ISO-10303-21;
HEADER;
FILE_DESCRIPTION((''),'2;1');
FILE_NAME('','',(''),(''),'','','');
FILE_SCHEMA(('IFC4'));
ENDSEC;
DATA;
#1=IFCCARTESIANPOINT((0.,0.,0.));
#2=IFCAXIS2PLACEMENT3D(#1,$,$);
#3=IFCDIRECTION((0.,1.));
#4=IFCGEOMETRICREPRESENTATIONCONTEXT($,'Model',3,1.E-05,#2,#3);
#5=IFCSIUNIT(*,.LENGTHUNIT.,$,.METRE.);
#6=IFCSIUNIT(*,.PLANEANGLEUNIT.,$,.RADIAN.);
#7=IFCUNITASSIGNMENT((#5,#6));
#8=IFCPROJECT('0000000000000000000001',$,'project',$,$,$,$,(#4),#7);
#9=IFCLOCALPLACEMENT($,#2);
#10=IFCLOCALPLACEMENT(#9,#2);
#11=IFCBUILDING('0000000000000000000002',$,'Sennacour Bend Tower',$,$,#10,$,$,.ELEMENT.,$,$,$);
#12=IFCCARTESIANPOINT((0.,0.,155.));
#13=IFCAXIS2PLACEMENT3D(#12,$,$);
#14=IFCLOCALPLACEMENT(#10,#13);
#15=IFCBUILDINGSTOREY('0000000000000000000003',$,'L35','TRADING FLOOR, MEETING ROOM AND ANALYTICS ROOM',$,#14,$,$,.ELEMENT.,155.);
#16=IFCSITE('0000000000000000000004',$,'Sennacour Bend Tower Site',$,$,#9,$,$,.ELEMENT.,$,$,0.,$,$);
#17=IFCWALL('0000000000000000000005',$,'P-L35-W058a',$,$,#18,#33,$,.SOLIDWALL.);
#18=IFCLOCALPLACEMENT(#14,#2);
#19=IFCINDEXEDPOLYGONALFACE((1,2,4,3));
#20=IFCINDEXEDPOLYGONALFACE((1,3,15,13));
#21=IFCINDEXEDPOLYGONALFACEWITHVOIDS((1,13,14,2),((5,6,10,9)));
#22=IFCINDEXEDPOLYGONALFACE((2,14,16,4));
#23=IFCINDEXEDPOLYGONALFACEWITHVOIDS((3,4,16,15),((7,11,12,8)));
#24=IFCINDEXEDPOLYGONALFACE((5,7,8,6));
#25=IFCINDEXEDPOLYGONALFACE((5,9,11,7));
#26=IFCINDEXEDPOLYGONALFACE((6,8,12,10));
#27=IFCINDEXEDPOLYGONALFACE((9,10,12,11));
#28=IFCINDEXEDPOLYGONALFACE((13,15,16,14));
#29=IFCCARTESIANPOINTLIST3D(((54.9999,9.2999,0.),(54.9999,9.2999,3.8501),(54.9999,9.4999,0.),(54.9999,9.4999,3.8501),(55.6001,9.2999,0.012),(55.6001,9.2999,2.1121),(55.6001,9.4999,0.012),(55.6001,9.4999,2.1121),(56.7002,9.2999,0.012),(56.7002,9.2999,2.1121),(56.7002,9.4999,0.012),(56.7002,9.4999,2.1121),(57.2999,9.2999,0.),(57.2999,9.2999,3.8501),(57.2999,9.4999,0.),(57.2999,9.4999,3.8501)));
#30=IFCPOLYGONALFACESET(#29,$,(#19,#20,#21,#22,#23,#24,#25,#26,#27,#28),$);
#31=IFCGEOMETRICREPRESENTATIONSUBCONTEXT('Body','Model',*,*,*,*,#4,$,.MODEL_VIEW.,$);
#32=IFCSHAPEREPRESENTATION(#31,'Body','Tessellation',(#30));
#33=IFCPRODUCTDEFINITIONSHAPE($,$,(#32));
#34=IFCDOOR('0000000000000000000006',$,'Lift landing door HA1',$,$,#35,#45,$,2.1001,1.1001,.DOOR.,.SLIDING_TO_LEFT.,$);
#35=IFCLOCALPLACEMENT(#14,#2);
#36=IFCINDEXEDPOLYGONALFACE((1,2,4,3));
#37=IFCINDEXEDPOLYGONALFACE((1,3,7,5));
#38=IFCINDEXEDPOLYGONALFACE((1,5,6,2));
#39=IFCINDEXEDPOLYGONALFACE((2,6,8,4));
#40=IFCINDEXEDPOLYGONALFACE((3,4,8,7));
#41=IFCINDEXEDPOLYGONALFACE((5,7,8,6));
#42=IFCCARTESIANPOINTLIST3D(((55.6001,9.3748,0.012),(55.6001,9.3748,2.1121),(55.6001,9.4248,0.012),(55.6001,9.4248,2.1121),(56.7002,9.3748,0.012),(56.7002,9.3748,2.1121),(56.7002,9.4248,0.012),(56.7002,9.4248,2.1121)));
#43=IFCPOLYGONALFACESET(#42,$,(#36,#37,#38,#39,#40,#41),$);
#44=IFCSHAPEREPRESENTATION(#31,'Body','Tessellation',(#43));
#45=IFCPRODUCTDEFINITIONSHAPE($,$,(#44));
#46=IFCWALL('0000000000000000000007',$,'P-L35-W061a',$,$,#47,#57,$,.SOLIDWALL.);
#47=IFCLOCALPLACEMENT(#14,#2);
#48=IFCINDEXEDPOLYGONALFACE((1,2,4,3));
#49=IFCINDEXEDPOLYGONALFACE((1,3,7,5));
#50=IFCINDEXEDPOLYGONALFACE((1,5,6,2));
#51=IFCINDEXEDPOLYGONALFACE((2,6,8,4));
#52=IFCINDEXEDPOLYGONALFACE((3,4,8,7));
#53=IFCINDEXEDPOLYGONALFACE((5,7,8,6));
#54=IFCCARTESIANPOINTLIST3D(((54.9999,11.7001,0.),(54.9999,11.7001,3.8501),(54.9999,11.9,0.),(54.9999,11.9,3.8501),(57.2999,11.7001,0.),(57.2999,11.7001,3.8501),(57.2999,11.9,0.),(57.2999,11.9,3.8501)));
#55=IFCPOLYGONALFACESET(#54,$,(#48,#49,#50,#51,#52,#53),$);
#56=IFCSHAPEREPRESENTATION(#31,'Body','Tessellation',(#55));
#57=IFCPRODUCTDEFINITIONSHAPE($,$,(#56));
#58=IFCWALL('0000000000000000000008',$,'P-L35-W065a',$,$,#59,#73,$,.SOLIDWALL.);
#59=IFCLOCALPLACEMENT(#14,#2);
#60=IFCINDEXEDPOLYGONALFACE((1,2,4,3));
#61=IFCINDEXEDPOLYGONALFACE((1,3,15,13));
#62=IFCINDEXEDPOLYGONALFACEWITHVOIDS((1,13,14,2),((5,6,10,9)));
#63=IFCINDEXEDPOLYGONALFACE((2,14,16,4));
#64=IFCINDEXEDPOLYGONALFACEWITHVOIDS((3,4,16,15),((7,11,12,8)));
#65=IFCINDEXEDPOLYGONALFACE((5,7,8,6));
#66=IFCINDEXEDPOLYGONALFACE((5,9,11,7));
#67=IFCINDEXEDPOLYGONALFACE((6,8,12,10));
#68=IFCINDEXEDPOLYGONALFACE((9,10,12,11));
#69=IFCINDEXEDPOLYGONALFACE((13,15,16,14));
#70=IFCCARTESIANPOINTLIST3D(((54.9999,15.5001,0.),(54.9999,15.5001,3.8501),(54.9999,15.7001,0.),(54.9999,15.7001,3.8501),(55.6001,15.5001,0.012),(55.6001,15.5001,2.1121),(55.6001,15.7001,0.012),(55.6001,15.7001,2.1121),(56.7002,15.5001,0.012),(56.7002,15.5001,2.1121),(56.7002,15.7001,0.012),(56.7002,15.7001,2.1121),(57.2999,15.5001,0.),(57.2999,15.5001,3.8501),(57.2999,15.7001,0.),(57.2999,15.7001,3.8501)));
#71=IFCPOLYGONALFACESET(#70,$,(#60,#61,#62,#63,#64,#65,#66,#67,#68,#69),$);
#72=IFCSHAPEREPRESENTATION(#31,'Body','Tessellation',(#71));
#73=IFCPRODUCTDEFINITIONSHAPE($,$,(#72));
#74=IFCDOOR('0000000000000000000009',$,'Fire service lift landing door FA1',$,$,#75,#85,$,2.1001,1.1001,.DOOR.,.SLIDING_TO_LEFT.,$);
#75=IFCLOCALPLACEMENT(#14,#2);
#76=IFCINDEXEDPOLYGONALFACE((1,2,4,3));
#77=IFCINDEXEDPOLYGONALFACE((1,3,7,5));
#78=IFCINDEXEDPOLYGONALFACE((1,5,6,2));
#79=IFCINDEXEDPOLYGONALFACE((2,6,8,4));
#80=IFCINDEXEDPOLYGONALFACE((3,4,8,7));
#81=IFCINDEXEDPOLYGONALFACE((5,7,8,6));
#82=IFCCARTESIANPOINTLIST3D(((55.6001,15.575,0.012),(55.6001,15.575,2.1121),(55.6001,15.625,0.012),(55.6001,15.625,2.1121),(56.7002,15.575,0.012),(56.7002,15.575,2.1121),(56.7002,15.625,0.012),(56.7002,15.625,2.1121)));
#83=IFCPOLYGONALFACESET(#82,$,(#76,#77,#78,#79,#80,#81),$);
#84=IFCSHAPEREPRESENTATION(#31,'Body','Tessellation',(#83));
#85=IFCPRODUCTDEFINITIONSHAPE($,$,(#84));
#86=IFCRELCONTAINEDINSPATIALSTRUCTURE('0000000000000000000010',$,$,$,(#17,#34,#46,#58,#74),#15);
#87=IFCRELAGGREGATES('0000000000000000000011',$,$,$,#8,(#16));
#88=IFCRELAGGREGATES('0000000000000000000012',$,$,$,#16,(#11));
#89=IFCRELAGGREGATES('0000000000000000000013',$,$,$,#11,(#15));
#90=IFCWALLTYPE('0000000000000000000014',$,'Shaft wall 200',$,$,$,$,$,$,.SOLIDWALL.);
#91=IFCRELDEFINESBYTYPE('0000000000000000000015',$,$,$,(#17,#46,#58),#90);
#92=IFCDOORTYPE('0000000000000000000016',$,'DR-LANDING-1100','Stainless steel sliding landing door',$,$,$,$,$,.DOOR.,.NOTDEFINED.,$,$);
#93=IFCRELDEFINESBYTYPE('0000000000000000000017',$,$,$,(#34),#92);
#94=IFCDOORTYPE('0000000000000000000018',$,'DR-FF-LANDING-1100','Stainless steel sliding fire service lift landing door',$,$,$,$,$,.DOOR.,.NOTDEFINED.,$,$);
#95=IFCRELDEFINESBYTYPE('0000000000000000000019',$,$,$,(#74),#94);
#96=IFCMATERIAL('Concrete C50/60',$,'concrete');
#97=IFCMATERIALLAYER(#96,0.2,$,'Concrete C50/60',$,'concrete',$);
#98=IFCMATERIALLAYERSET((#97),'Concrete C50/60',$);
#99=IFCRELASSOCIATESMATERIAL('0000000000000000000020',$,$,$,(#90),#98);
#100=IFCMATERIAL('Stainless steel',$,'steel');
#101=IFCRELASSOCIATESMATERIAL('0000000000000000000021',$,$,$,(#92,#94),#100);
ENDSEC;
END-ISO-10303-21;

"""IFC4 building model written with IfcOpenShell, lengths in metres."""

from ifc_helpers import new_model, si_unit, direction, frame, frame_2d, origin, place, context, subcontext, project, spatial, rectangle, extrude, material, layer, layer_set, type_object, element, fill, save


model = new_model("IFC4")

# Units and contexts
model_context = context("Model", 3, precision=1e-05, world=origin(), true_north=direction((0.0, 1.0)))
body_context = subcontext(model_context, "Body", "Model", "MODEL_VIEW")
ifc_project = project(units=[si_unit("LENGTHUNIT", "METRE"), si_unit("PLANEANGLEUNIT", "RADIAN")], contexts=[model_context])

# Site, building, storey
site_placement = place(None, origin())
site = spatial("IfcSite", under=ifc_project, at=site_placement, Name="Sennacour Bend Tower Site", CompositionType="ELEMENT", RefElevation=0.0)
building_placement = place(site_placement, origin())
building = spatial("IfcBuilding", under=site, at=building_placement, Name="Sennacour Bend Tower", CompositionType="ELEMENT")
storey_placement = place(building_placement, frame((0.0, 0.0, 155.0)))
storey = spatial("IfcBuildingStorey", under=building, at=storey_placement, Name="L35", Description="TRADING FLOOR, MEETING ROOM AND ANALYTICS ROOM", CompositionType="ELEMENT", Elevation=155.0)

# Wall, opening, door
ifc_material_1 = material(Name="Concrete C50/60", Category="concrete")
ifc_layer_1 = layer(ifc_material_1, 0.2, Name="Concrete C50/60", Category="concrete")
ifc_layer_set_1 = layer_set([ifc_layer_1], Name="Concrete C50/60")
wall_type_1 = type_object("IfcWallType", Name="Shaft wall 200", PredefinedType="SOLIDWALL", material=ifc_layer_set_1)
wall_1_placement = place(storey_placement, frame((55.0, 9.3999, 0.0), z_axis=(0.0, 0.0, 1.0), x_axis=(1.0, 0.0, 0.0)))
wall_1 = element("IfcWall", 1, at=wall_1_placement, inside=storey, type_object=wall_type_1, Name="P-L35-W058a", PredefinedType="SOLIDWALL", context=body_context, shape_type="SweptSolid", body=[
    extrude(rectangle(XDim=2.3, YDim=0.2, at=frame_2d((1.1499, 0.0))), origin(), (0.0, 0.0, 1.0), 3.8501),
])
opening_1_placement = place(wall_1_placement, frame((0.6001, 0.0, 0.012)))
opening_1 = element("IfcOpeningElement", 2, at=opening_1_placement, cuts=wall_1, PredefinedType="OPENING", context=body_context, shape_type="SweptSolid", body=[
    extrude(rectangle(XDim=1.1001, YDim=2.1001, at=frame_2d((0.55, 1.05))), frame((0.0, 0.1099, 0.0), z_axis=(0.0, -1.0, 0.0), x_axis=(1.0, 0.0, 0.0)), (0.0, 0.0, 1.0), 0.22),
])
ifc_material_2 = material(Name="Stainless steel", Category="steel")
door_type_1 = type_object("IfcDoorType", Name="DR-LANDING-1100", Description="Stainless steel sliding landing door", OperationType="NOTDEFINED", PredefinedType="DOOR", material=ifc_material_2)
door_1_placement = place(opening_1_placement, origin())
door_1 = element("IfcDoor", 3, at=door_1_placement, inside=storey, type_object=door_type_1, Name="Lift landing door HA1", OperationType="SLIDING_TO_LEFT", OverallHeight=2.1001, OverallWidth=1.1001, PredefinedType="DOOR", context=body_context, shape_type="SweptSolid", body=[
    extrude(rectangle(XDim=1.1001, YDim=2.1001, at=frame_2d((0.55, 1.05))), frame((0.0, 0.0249, 0.0), z_axis=(0.0, -1.0, 0.0), x_axis=(1.0, 0.0, 0.0)), (0.0, 0.0, 1.0), 0.05),
])
fill(opening_1, door_1)

# Wall
wall_2_placement = place(storey_placement, frame((55.0, 11.8, 0.0), z_axis=(0.0, 0.0, 1.0), x_axis=(1.0, 0.0, 0.0)))
element("IfcWall", 4, at=wall_2_placement, inside=storey, type_object=wall_type_1, Name="P-L35-W061a", PredefinedType="SOLIDWALL", context=body_context, shape_type="SweptSolid", body=[
    extrude(rectangle(XDim=2.3, YDim=0.2, at=frame_2d((1.1499, 0.0))), origin(), (0.0, 0.0, 1.0), 3.8501),
])

# Wall, opening, door
wall_3_placement = place(storey_placement, frame((55.0, 15.6001, 0.0), z_axis=(0.0, 0.0, 1.0), x_axis=(1.0, 0.0, 0.0)))
wall_3 = element("IfcWall", 5, at=wall_3_placement, inside=storey, type_object=wall_type_1, Name="P-L35-W065a", PredefinedType="SOLIDWALL", context=body_context, shape_type="SweptSolid", body=[
    extrude(rectangle(XDim=2.3, YDim=0.2, at=frame_2d((1.1499, 0.0))), origin(), (0.0, 0.0, 1.0), 3.8501),
])
opening_2_placement = place(wall_3_placement, frame((0.6001, 0.0, 0.012)))
opening_2 = element("IfcOpeningElement", 6, at=opening_2_placement, cuts=wall_3, PredefinedType="OPENING", context=body_context, shape_type="SweptSolid", body=[
    extrude(rectangle(XDim=1.1001, YDim=2.1001, at=frame_2d((0.55, 1.05))), frame((0.0, 0.1099, 0.0), z_axis=(0.0, -1.0, 0.0), x_axis=(1.0, 0.0, 0.0)), (0.0, 0.0, 1.0), 0.22),
])
door_type_2 = type_object("IfcDoorType", Name="DR-FF-LANDING-1100", Description="Stainless steel sliding fire service lift landing door", OperationType="NOTDEFINED", PredefinedType="DOOR", material=ifc_material_2)
door_2_placement = place(opening_2_placement, origin())
door_2 = element("IfcDoor", 7, at=door_2_placement, inside=storey, type_object=door_type_2, Name="Fire service lift landing door FA1", OperationType="SLIDING_TO_LEFT", OverallHeight=2.1001, OverallWidth=1.1001, PredefinedType="DOOR", context=body_context, shape_type="SweptSolid", body=[
    extrude(rectangle(XDim=1.1001, YDim=2.1001, at=frame_2d((0.55, 1.05))), frame((0.0, 0.0249, 0.0), z_axis=(0.0, -1.0, 0.0), x_axis=(1.0, 0.0, 0.0)), (0.0, 0.0, 1.0), 0.05),
])
fill(opening_2, door_2)

save(model, "model.ifc")
